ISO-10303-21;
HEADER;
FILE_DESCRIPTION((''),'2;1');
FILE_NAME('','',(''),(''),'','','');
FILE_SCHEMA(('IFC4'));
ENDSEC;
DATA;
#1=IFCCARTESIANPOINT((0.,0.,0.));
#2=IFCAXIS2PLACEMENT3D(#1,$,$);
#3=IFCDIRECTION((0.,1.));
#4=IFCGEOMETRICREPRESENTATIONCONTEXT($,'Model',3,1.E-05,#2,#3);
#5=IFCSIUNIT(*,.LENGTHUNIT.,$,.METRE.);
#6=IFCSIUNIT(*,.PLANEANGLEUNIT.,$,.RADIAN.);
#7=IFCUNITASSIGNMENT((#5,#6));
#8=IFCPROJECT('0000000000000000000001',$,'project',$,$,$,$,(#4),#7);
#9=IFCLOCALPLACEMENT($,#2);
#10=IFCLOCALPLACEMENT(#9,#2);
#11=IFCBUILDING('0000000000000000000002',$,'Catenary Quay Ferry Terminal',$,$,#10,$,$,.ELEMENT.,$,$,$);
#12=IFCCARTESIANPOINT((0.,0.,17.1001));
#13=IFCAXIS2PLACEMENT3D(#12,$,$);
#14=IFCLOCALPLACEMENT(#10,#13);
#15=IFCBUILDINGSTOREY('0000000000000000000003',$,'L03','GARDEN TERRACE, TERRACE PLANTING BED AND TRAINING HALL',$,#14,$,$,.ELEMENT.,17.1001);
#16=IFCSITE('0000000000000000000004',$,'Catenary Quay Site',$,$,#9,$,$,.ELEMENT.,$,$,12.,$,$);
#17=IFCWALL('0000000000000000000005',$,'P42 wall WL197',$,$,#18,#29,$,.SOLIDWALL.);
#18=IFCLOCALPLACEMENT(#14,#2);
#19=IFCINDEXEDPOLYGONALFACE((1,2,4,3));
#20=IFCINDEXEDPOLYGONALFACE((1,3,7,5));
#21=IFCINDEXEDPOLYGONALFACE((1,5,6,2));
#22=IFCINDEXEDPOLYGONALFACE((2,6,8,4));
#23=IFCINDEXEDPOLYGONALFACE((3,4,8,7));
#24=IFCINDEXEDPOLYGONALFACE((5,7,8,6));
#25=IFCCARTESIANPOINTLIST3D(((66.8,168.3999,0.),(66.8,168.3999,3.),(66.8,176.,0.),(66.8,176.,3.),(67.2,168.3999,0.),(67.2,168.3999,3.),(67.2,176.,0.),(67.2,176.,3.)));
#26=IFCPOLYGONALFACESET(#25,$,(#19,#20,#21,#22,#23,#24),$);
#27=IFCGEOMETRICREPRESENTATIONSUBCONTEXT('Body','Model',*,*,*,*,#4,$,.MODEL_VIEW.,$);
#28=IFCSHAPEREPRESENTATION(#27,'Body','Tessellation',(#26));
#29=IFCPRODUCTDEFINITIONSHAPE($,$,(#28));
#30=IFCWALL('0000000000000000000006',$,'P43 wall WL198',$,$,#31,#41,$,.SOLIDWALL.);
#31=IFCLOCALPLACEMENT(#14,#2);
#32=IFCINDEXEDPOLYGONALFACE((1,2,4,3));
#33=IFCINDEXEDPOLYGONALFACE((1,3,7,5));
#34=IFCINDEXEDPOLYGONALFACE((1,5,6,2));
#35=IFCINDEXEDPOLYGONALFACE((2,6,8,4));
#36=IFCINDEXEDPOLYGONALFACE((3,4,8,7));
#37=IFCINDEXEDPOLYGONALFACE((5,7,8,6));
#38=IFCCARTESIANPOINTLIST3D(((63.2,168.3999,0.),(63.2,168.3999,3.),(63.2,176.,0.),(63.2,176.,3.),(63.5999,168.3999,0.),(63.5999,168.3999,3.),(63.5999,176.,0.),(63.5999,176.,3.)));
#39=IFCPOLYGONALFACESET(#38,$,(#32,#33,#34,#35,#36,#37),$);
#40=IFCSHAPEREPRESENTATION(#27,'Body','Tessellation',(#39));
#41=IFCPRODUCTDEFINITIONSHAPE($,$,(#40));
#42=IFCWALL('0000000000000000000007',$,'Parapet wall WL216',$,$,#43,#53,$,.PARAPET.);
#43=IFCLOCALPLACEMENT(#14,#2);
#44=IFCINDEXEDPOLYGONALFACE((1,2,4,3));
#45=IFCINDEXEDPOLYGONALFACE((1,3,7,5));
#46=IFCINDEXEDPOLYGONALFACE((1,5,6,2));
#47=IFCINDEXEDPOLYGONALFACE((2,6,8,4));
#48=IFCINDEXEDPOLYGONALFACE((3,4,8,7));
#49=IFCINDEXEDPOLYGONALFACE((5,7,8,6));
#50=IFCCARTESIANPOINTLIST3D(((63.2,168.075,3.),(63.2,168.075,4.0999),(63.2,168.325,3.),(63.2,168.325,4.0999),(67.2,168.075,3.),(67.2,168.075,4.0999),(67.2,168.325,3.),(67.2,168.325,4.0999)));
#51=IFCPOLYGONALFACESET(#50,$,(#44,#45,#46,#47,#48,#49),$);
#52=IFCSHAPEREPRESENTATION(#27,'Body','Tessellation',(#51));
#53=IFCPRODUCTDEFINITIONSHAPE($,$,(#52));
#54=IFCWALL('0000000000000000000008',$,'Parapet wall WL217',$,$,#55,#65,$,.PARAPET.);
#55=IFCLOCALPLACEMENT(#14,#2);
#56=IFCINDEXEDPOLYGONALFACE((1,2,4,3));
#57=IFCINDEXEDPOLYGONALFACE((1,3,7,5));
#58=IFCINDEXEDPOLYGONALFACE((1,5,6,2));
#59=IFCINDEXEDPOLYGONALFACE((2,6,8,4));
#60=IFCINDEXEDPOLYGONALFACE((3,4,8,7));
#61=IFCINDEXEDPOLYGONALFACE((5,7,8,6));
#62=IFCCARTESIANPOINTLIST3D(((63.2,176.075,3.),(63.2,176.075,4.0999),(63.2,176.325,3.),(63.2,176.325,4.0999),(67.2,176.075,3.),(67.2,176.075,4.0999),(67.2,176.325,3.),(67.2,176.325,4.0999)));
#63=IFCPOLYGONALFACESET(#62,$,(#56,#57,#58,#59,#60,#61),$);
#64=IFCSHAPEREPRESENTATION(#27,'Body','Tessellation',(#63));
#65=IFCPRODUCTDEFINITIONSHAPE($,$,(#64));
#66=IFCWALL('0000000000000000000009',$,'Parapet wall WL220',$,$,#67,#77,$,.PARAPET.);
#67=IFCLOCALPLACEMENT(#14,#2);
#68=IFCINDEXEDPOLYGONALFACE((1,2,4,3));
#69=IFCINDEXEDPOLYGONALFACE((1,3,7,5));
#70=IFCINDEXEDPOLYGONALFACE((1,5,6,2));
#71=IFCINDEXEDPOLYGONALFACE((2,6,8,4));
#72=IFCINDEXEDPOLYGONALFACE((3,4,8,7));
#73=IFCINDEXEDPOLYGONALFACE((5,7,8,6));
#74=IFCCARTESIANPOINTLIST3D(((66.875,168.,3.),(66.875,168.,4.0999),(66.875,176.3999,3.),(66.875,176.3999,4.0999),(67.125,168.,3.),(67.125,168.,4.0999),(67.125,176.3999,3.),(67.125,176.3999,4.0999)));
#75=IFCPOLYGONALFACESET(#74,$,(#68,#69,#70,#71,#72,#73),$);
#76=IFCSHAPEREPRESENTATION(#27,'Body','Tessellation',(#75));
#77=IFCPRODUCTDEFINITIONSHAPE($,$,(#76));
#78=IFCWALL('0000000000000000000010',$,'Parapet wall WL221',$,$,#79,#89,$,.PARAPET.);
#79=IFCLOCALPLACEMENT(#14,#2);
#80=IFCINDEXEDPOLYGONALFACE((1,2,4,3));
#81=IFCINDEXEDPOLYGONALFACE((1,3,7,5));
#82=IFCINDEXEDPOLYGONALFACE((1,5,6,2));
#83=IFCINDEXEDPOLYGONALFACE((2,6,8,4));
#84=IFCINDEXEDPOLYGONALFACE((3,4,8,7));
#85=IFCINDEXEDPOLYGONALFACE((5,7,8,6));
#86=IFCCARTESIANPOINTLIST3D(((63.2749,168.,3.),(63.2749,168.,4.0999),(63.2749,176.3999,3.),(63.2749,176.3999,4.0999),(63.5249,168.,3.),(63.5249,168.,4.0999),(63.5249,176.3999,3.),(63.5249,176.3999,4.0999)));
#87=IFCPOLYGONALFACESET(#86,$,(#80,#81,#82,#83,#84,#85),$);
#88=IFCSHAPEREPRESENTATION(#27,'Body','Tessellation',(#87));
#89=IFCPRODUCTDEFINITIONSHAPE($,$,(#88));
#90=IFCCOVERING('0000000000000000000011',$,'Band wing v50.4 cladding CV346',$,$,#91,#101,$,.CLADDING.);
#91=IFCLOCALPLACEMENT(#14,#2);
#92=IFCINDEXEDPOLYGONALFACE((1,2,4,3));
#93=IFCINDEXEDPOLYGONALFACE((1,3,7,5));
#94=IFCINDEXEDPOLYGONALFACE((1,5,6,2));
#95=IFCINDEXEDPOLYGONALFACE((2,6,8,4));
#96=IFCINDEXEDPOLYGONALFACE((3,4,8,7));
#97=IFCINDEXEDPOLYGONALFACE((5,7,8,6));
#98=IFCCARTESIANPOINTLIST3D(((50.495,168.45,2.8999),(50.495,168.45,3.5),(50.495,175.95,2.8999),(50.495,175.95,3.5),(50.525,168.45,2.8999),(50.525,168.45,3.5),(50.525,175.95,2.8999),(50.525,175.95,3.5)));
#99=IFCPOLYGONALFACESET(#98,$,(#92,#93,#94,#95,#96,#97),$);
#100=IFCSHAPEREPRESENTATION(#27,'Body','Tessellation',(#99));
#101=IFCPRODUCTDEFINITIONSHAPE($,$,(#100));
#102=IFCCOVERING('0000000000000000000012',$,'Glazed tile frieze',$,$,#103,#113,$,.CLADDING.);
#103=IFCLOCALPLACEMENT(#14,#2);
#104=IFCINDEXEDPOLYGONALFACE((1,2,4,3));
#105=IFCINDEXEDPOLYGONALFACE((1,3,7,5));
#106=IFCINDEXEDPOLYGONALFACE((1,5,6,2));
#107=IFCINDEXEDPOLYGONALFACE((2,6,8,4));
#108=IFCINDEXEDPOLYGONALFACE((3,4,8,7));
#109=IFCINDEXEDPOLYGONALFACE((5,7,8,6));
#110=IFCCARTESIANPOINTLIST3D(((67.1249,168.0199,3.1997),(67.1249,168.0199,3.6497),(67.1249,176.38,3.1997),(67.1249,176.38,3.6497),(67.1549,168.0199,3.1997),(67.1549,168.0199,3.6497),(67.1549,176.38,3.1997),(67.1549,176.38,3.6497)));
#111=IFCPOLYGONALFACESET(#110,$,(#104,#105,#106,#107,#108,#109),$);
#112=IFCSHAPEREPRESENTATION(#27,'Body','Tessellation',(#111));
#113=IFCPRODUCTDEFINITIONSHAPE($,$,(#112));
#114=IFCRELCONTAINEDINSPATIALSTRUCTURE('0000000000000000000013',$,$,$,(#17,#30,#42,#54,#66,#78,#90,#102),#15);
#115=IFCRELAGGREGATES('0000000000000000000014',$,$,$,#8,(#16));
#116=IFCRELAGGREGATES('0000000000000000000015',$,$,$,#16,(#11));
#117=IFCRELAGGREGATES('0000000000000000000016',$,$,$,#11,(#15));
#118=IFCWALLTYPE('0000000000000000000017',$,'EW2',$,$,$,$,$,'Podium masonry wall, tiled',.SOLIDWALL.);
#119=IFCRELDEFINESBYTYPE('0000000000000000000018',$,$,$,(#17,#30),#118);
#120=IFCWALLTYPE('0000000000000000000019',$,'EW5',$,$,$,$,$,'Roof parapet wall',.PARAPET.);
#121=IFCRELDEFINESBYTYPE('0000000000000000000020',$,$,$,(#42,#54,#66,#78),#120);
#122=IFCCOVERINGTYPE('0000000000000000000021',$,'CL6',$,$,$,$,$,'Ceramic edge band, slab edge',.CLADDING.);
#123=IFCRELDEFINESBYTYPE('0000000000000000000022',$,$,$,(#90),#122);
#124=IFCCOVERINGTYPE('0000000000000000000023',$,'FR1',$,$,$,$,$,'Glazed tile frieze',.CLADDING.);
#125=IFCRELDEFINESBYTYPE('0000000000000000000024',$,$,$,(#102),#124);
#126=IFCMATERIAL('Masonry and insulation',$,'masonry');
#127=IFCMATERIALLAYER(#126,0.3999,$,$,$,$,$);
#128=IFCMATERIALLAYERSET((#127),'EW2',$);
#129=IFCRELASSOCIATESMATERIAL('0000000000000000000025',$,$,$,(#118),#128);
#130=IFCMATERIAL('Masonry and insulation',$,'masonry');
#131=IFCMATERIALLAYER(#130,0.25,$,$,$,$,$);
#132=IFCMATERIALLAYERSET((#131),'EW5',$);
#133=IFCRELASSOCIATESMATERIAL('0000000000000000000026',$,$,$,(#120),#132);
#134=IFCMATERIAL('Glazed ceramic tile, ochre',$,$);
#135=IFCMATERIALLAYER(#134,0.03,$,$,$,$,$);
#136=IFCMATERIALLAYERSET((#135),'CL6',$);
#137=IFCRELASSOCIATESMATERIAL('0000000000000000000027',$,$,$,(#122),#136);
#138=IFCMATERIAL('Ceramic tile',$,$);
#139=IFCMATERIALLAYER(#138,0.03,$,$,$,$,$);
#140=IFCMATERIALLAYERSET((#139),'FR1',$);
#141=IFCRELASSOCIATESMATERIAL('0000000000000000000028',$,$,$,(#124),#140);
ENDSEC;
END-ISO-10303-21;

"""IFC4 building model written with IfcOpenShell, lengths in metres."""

from ifc_helpers import new_model, si_unit, direction, frame, frame_2d, origin, origin_2d, place, context, subcontext, project, spatial, rectangle, extrude, material, layer, layer_set, type_object, element, save


model = new_model("IFC4")

# Units and contexts
model_context = context("Model", 3, precision=1e-05, world=origin(), true_north=direction((0.0, 1.0)))
body_context = subcontext(model_context, "Body", "Model", "MODEL_VIEW")
ifc_project = project(units=[si_unit("LENGTHUNIT", "METRE"), si_unit("PLANEANGLEUNIT", "RADIAN")], contexts=[model_context])

# Site, building, storey
site_placement = place(None, origin())
site = spatial("IfcSite", under=ifc_project, at=site_placement, Name="Catenary Quay Site", CompositionType="ELEMENT", RefElevation=12.0)
building_placement = place(site_placement, origin())
building = spatial("IfcBuilding", under=site, at=building_placement, Name="Catenary Quay Ferry Terminal", CompositionType="ELEMENT")
storey_placement = place(building_placement, frame((0.0, 0.0, 17.1001)))
storey = spatial("IfcBuildingStorey", under=building, at=storey_placement, Name="L03", Description="GARDEN TERRACE, TERRACE PLANTING BED AND TRAINING HALL", CompositionType="ELEMENT", Elevation=17.1001)

# Shared definitions
ifc_material_1 = material(Name="Masonry and insulation", Category="masonry")
ifc_layer_1 = layer(ifc_material_1, 0.3999)
ifc_layer_set_1 = layer_set([ifc_layer_1], Name="EW2")
wall_type_1 = type_object("IfcWallType", Name="EW2", ElementType="Podium masonry wall, tiled", PredefinedType="SOLIDWALL", material=ifc_layer_set_1)

# Walls
for number, where, z_axis, x_axis, name in (
    (1, (67.0, 168.3999, 0.0), (0.0, 0.0, 1.0), (0.0, 1.0, 0.0), "P42 wall WL197"),
    (2, (63.3999, 168.3999, 0.0), (0.0, 0.0, 1.0), (0.0, 1.0, 0.0), "P43 wall WL198"),
):
    element("IfcWall", number, at=place(storey_placement, frame(where, z_axis=z_axis, x_axis=x_axis)), inside=storey, type_object=wall_type_1, Name=name, PredefinedType="SOLIDWALL", context=body_context, shape_type="SweptSolid", body=[
        extrude(rectangle(XDim=7.6001, YDim=0.3999, at=frame_2d((3.8, 0.0))), origin(), (0.0, 0.0, 1.0), 3.0),
    ])
ifc_material_2 = material(Name="Masonry and insulation", Category="masonry")
ifc_layer_2 = layer(ifc_material_2, 0.25)
ifc_layer_set_2 = layer_set([ifc_layer_2], Name="EW5")
wall_type_2 = type_object("IfcWallType", Name="EW5", ElementType="Roof parapet wall", PredefinedType="PARAPET", material=ifc_layer_set_2)
for number, where, z_axis, x_axis, name in (
    (3, (63.2, 168.2, 3.0), (0.0, 0.0, 1.0), (1.0, 0.0, 0.0), "Parapet wall WL216"),
    (4, (63.2, 176.2, 3.0), (0.0, 0.0, 1.0), (1.0, 0.0, 0.0), "Parapet wall WL217"),
):
    element("IfcWall", number, at=place(storey_placement, frame(where, z_axis=z_axis, x_axis=x_axis)), inside=storey, type_object=wall_type_2, Name=name, PredefinedType="PARAPET", context=body_context, shape_type="SweptSolid", body=[
        extrude(rectangle(XDim=4.0, YDim=0.25, at=frame_2d((2.0, 0.0))), origin(), (0.0, 0.0, 1.0), 1.0999),
    ])
for number, where, z_axis, x_axis, name in (
    (5, (67.0, 168.0, 3.0), (0.0, 0.0, 1.0), (0.0, 1.0, 0.0), "Parapet wall WL220"),
    (6, (63.3999, 168.0, 3.0), (0.0, 0.0, 1.0), (0.0, 1.0, 0.0), "Parapet wall WL221"),
):
    element("IfcWall", number, at=place(storey_placement, frame(where, z_axis=z_axis, x_axis=x_axis)), inside=storey, type_object=wall_type_2, Name=name, PredefinedType="PARAPET", context=body_context, shape_type="SweptSolid", body=[
        extrude(rectangle(XDim=8.3999, YDim=0.25, at=frame_2d((4.2, 0.0))), origin(), (0.0, 0.0, 1.0), 1.0999),
    ])

# Coverings
ifc_material_3 = material(Name="Glazed ceramic tile, ochre")
ifc_layer_3 = layer(ifc_material_3, 0.03)
ifc_layer_set_3 = layer_set([ifc_layer_3], Name="CL6")
covering_type_1 = type_object("IfcCoveringType", Name="CL6", ElementType="Ceramic edge band, slab edge", PredefinedType="CLADDING", material=ifc_layer_set_3)
covering_1_placement = place(storey_placement, frame((50.51, 172.2, 2.8999), z_axis=(0.0, 0.0, 1.0), x_axis=(1.0, 0.0, 0.0)))
element("IfcCovering", 7, at=covering_1_placement, inside=storey, type_object=covering_type_1, Name="Band wing v50.4 cladding CV346", PredefinedType="CLADDING", context=body_context, shape_type="SweptSolid", body=[
    extrude(rectangle(XDim=0.03, YDim=7.5, at=origin_2d()), origin(), (0.0, 0.0, 1.0), 0.6001),
])
ifc_material_4 = material(Name="Ceramic tile")
ifc_layer_4 = layer(ifc_material_4, 0.03)
ifc_layer_set_4 = layer_set([ifc_layer_4], Name="FR1")
covering_type_2 = type_object("IfcCoveringType", Name="FR1", ElementType="Glazed tile frieze", PredefinedType="CLADDING", material=ifc_layer_set_4)
covering_2_placement = place(storey_placement, frame((67.1399, 172.2, 3.1997), z_axis=(0.0, 0.0, 1.0), x_axis=(1.0, 0.0, 0.0)))
element("IfcCovering", 8, at=covering_2_placement, inside=storey, type_object=covering_type_2, Name="Glazed tile frieze", PredefinedType="CLADDING", context=body_context, shape_type="SweptSolid", body=[
    extrude(rectangle(XDim=0.03, YDim=8.3601, at=origin_2d()), origin(), (0.0, 0.0, 1.0), 0.45),
])

save(model, "model.ifc")
